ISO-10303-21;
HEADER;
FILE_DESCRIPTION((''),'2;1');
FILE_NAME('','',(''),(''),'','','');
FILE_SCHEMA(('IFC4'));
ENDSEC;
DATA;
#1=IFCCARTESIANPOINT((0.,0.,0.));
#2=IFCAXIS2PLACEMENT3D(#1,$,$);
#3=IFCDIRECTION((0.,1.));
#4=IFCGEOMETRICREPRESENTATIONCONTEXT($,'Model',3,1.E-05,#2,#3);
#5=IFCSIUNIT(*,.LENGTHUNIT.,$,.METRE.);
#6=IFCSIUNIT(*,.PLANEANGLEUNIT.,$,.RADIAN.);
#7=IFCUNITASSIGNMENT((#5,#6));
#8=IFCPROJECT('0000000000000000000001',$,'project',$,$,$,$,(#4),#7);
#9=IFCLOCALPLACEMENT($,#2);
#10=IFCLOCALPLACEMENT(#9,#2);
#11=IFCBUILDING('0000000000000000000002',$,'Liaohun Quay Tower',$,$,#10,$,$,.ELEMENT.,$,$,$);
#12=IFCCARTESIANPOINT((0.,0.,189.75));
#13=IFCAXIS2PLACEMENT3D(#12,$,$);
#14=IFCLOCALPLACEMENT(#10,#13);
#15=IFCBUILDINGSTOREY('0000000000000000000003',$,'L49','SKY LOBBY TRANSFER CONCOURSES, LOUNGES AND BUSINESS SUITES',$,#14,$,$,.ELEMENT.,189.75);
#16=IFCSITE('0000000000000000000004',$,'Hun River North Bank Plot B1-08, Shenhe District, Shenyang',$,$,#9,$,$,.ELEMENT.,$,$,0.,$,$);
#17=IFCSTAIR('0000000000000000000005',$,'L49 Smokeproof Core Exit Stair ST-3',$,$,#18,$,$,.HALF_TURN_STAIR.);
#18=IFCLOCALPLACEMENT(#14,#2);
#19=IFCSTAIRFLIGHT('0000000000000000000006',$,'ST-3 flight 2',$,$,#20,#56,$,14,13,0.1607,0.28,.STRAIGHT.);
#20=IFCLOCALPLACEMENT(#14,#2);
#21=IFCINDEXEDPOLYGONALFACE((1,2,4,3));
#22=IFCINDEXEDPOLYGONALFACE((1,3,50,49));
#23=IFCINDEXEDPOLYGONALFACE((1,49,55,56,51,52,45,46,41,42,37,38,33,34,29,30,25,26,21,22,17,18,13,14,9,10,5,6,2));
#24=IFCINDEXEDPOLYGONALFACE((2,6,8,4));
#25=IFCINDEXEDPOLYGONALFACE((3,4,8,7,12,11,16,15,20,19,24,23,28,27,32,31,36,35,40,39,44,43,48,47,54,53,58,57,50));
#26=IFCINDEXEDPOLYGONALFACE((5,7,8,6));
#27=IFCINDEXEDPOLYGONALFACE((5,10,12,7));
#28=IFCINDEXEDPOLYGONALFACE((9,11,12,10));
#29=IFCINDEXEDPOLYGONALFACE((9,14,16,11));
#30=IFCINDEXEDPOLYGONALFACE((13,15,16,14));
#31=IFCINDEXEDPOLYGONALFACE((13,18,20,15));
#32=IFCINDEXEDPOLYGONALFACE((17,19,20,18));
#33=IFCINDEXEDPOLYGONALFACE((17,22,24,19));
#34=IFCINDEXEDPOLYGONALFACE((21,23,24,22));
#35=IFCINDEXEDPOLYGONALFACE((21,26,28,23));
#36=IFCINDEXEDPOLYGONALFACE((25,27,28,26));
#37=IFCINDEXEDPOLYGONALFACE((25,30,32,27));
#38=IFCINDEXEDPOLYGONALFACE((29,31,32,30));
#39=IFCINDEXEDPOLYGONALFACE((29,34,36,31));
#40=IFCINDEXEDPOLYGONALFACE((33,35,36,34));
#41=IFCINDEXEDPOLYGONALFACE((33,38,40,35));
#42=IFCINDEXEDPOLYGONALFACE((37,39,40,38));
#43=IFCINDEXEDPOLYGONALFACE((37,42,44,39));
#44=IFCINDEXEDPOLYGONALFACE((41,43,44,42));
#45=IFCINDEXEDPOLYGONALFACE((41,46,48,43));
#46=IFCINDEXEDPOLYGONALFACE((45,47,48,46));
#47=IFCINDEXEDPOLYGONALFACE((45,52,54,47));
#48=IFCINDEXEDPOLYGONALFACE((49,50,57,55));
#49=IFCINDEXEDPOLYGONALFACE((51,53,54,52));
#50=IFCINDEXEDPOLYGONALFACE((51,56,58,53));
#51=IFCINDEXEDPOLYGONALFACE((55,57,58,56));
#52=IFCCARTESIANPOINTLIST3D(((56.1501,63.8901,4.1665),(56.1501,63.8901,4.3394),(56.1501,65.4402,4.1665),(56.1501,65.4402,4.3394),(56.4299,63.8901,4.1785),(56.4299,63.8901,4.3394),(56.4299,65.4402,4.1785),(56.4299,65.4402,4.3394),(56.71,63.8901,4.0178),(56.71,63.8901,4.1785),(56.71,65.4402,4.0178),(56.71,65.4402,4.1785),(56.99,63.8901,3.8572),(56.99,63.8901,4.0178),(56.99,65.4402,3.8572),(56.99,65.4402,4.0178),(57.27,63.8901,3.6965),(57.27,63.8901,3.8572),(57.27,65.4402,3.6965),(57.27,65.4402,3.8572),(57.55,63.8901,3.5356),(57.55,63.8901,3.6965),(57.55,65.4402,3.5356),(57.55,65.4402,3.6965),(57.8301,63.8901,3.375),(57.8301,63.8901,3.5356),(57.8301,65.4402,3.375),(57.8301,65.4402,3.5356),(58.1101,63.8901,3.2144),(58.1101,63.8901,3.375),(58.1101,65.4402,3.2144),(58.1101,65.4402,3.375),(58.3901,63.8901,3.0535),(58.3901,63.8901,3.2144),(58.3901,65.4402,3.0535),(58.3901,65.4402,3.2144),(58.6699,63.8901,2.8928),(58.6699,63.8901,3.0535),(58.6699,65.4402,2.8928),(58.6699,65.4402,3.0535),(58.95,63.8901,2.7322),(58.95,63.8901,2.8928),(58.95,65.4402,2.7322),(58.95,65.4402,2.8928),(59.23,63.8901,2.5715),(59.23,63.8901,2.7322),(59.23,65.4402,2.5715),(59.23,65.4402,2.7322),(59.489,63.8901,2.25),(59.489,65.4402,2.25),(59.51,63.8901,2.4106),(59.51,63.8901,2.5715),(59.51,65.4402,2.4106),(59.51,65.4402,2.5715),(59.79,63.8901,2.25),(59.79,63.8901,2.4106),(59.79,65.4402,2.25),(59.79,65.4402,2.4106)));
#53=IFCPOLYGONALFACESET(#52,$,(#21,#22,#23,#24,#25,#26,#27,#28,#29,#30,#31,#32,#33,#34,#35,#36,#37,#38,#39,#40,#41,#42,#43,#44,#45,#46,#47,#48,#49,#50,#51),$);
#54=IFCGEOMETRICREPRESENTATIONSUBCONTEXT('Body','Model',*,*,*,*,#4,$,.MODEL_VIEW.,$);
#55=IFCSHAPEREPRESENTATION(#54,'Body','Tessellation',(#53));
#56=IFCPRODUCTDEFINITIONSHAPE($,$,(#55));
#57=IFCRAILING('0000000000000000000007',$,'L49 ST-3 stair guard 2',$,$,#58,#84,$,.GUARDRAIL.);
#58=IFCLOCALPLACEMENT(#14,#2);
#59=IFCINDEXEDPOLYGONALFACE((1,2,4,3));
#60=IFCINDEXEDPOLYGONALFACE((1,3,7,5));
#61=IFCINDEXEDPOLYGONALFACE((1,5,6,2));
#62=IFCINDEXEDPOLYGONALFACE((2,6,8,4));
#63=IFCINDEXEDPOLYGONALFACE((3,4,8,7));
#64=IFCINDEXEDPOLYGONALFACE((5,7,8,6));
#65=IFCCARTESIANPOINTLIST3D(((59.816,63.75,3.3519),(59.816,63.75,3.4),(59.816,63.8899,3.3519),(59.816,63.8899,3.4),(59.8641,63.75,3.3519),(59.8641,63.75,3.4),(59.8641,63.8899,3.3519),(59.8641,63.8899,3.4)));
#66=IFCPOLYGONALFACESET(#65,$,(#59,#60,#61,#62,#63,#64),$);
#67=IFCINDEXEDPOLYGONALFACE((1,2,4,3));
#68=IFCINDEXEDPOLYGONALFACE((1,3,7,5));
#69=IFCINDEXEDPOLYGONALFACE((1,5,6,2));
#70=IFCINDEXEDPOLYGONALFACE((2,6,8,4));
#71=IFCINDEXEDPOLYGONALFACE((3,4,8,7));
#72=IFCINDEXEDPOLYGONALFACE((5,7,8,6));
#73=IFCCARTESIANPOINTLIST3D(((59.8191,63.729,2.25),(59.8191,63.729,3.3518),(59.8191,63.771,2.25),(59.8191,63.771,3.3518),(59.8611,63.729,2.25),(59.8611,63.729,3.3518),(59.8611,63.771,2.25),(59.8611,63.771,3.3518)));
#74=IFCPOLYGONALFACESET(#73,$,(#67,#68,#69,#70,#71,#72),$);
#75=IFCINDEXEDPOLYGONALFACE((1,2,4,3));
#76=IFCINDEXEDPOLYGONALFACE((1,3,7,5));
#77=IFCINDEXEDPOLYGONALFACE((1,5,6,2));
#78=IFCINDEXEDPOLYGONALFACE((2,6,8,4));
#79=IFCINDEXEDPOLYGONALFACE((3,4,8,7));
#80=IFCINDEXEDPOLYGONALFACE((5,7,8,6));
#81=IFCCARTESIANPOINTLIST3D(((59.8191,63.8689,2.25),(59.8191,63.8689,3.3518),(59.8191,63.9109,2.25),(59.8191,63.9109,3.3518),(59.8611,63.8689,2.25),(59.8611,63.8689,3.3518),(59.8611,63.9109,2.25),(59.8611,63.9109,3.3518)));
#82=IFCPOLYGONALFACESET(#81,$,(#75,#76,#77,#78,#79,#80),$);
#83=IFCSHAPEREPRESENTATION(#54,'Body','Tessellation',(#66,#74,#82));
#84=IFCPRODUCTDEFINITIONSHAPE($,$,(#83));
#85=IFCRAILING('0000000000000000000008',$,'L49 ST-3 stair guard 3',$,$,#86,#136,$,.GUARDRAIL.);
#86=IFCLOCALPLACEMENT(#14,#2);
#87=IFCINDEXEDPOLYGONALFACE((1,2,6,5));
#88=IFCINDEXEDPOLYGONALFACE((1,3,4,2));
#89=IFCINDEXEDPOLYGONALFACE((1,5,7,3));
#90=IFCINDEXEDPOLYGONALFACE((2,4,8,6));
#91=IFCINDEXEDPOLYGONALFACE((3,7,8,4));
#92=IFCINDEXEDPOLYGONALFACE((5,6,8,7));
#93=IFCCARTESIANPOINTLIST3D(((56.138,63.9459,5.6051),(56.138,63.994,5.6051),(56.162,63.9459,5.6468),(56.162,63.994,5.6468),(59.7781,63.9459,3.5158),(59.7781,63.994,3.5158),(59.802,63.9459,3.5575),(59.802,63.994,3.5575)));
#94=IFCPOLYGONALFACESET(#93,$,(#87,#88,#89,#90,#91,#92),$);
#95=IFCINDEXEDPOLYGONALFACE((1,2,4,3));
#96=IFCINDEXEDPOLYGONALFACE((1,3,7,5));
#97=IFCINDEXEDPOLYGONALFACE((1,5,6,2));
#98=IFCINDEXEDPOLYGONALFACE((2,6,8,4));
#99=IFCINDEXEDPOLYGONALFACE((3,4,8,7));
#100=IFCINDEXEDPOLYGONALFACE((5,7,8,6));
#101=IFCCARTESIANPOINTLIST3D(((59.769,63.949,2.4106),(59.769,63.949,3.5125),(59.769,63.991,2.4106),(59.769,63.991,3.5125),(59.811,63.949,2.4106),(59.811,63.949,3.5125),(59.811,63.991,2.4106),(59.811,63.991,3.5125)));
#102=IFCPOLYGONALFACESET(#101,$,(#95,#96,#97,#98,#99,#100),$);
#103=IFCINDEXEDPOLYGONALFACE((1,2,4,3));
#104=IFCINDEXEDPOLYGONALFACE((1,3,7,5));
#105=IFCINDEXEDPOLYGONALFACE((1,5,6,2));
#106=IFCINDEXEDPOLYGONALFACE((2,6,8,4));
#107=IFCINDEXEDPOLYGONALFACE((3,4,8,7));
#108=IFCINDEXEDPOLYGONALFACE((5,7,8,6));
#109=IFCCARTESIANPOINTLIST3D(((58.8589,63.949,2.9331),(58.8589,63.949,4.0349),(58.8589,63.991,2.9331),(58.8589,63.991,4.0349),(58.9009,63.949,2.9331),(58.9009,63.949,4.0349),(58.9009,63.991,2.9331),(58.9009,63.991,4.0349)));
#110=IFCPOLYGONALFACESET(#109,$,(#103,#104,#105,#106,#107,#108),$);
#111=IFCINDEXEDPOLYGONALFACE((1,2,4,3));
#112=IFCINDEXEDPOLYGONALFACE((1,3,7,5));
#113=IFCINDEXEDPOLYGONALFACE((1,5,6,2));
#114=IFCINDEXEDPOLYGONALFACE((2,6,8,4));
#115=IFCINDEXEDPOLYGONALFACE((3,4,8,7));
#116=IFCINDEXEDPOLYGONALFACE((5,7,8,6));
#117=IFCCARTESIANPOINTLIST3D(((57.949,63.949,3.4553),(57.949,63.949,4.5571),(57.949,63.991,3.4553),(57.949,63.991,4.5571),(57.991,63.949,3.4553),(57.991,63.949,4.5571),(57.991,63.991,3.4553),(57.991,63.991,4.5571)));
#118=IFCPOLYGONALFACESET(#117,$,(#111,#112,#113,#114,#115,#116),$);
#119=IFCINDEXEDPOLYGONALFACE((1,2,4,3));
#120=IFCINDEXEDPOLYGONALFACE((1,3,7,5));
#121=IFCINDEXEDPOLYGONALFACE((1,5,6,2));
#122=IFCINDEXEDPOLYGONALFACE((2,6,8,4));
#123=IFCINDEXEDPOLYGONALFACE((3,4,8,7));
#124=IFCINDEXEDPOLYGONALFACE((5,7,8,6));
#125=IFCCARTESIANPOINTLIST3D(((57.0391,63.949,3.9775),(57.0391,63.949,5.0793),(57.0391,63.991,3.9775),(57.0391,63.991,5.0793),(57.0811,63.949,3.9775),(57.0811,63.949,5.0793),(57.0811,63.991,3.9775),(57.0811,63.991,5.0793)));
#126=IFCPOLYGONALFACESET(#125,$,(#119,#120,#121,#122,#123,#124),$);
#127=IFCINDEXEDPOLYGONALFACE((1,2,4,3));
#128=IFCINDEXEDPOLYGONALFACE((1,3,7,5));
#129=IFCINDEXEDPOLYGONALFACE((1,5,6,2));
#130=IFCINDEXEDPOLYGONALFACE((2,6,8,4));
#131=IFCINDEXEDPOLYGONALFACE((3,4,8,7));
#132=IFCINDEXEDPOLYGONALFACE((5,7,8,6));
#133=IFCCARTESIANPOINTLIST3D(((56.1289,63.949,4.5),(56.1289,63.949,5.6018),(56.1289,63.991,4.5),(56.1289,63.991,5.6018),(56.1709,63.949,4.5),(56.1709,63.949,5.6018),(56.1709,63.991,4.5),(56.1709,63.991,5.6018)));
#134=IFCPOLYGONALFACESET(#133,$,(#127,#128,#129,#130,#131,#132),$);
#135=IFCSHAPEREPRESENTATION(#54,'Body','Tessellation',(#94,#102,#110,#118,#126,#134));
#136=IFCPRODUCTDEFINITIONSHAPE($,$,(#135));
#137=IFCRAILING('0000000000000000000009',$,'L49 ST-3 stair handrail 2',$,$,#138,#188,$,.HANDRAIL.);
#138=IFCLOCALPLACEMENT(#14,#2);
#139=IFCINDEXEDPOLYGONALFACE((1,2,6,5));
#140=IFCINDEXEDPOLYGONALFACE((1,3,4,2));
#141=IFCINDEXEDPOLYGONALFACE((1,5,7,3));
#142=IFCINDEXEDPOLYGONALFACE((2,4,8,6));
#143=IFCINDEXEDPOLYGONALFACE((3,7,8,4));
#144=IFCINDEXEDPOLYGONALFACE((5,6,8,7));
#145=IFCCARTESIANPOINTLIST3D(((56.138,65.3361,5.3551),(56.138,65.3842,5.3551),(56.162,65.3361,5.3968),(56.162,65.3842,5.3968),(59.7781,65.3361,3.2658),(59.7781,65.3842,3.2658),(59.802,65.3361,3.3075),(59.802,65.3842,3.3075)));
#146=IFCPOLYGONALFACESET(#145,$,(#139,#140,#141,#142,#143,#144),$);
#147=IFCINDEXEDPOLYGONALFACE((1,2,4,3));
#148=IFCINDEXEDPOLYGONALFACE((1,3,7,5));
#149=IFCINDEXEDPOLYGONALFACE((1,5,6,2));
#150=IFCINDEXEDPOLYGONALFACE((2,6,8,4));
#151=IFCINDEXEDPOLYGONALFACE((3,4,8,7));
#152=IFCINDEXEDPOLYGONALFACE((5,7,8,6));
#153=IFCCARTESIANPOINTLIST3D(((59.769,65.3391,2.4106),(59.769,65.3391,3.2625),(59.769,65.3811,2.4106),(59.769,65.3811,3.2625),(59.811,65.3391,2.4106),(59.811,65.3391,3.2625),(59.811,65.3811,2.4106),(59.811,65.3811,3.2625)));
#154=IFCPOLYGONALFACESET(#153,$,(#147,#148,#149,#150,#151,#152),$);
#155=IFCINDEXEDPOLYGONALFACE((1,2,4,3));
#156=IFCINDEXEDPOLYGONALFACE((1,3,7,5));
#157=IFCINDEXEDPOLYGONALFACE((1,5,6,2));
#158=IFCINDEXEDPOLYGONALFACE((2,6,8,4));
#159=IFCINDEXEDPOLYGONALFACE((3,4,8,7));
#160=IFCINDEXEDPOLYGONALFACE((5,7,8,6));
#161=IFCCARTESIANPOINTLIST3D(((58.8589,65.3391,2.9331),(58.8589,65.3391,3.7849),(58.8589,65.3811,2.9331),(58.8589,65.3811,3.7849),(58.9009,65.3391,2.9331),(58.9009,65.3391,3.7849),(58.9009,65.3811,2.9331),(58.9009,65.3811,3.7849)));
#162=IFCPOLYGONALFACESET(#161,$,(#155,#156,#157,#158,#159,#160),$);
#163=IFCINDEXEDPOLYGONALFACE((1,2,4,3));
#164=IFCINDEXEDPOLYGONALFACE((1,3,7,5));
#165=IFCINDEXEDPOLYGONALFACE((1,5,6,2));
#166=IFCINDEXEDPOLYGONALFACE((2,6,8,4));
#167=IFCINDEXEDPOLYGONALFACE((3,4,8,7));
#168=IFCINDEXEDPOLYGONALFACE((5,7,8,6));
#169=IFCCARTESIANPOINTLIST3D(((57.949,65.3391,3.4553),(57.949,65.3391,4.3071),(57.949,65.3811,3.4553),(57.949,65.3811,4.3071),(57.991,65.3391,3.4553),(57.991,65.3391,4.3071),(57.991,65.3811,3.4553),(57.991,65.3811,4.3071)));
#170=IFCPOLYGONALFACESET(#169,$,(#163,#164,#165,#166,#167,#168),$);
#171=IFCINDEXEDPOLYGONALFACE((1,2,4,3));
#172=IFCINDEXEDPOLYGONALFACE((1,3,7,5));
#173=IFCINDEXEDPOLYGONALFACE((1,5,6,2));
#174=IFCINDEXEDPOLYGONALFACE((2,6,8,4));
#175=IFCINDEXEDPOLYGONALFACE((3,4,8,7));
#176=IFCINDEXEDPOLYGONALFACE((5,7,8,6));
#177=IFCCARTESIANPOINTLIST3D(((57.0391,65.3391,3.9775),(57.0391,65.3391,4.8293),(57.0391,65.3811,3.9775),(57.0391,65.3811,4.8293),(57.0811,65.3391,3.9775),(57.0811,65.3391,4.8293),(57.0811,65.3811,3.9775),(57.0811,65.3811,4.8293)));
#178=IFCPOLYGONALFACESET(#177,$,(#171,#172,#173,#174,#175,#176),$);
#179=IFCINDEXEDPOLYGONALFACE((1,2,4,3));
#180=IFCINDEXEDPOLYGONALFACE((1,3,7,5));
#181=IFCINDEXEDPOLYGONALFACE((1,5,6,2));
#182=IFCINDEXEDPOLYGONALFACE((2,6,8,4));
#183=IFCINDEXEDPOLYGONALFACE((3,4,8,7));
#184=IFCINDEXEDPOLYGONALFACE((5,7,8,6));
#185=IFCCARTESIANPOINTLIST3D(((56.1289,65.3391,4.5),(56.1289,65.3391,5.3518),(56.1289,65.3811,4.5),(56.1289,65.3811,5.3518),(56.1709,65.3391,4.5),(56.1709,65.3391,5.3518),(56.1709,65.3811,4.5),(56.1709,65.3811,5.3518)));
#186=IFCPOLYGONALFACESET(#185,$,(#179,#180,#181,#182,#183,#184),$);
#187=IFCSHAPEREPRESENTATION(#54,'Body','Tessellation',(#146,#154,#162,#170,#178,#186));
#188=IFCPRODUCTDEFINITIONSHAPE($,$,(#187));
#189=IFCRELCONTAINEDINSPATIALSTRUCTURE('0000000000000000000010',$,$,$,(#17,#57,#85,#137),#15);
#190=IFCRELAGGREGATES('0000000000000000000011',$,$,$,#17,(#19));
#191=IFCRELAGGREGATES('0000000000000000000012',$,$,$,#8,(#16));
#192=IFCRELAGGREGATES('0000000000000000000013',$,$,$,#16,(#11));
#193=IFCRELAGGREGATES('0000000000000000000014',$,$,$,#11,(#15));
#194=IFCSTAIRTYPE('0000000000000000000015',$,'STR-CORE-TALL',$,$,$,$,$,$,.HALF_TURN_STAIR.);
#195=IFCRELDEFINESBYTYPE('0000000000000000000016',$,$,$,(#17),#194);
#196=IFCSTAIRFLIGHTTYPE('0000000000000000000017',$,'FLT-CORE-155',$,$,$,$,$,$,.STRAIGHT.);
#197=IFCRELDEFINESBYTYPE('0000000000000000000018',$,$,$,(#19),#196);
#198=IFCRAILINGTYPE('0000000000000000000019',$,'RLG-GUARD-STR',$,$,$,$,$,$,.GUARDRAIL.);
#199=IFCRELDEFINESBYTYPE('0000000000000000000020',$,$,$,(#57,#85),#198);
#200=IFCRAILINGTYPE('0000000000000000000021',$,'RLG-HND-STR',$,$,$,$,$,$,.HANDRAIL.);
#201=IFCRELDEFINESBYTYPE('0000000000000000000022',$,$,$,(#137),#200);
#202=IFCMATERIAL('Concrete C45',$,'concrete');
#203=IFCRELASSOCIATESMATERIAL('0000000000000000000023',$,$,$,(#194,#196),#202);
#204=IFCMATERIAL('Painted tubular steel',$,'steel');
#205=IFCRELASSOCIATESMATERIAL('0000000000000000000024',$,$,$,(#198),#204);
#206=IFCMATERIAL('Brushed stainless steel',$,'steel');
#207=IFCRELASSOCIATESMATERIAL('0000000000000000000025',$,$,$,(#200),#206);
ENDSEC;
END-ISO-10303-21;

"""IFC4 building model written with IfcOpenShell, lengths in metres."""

from ifc_helpers import new_model, si_unit, direction, frame, origin, origin_2d, place, context, subcontext, project, spatial, polyline, rectangle, outline, extrude, material, type_object, element, aggregate, save


model = new_model("IFC4")

# Units and contexts
model_context = context("Model", 3, precision=1e-05, world=origin(), true_north=direction((0.0, 1.0)))
body_context = subcontext(model_context, "Body", "Model", "MODEL_VIEW")
ifc_project = project(units=[si_unit("LENGTHUNIT", "METRE"), si_unit("PLANEANGLEUNIT", "RADIAN")], contexts=[model_context])

# Site, building, storey
site_placement = place(None, origin())
site = spatial("IfcSite", under=ifc_project, at=site_placement, Name="Hun River North Bank Plot B1-08, Shenhe District, Shenyang", CompositionType="ELEMENT", RefElevation=0.0)
building_placement = place(site_placement, origin())
building = spatial("IfcBuilding", under=site, at=building_placement, Name="Liaohun Quay Tower", CompositionType="ELEMENT")
storey_placement = place(building_placement, frame((0.0, 0.0, 189.75)))
storey = spatial("IfcBuildingStorey", under=building, at=storey_placement, Name="L49", Description="SKY LOBBY TRANSFER CONCOURSES, LOUNGES AND BUSINESS SUITES", CompositionType="ELEMENT", Elevation=189.75)

# Stair, stair flight
ifc_material_1 = material(Name="Concrete C45", Category="concrete")
stair_type = type_object("IfcStairType", Name="STR-CORE-TALL", PredefinedType="HALF_TURN_STAIR", material=ifc_material_1)
stair_placement = place(storey_placement, origin())
stair = element("IfcStair", 1, at=stair_placement, inside=storey, type_object=stair_type, Name="L49 Smokeproof Core Exit Stair ST-3", PredefinedType="HALF_TURN_STAIR")
stair_flight_type = type_object("IfcStairFlightType", Name="FLT-CORE-155", PredefinedType="STRAIGHT", material=ifc_material_1)
stair_flight_placement = place(storey_placement, frame((59.79, 64.665, 2.25), z_axis=(0.0, 0.0, 1.0), x_axis=(-1.0, 0.0, 0.0)))
stair_flight = element("IfcStairFlight", 2, at=stair_flight_placement, type_object=stair_flight_type, Name="ST-3 flight 2", NumberOfRisers=14, NumberOfTreads=13, PredefinedType="STRAIGHT", RiserHeight=0.1607, TreadLength=0.28, context=body_context, shape_type="SweptSolid", body=[
    extrude(outline(polyline([(0.0, 0.0), (0.0, 0.1606), (0.28, 0.1606), (0.28, 0.3215), (0.5601, 0.3215), (0.5601, 0.4822), (0.8401, 0.4822), (0.8401, 0.6428), (1.1201, 0.6428), (1.1201, 0.8035), (1.3999, 0.8035), (1.3999, 0.9644), (1.6799, 0.9644), (1.6799, 1.125), (1.96, 1.125), (1.96, 1.2856), (2.24, 1.2856), (2.24, 1.4465), (2.52, 1.4465), (2.52, 1.6072), (2.8, 1.6072), (2.8, 1.7678), (3.0801, 1.7678), (3.0801, 1.9285), (3.3601, 1.9285), (3.3601, 2.0894), (3.6399, 2.0894), (3.6399, 2.25), (3.6399, 1.9165), (0.301, 0.0), (0.0, 0.0)])), frame((0.0, 0.7749, 0.0), z_axis=(0.0, -1.0, 0.0), x_axis=(1.0, 0.0, 0.0)), (0.0, 0.0, 1.0), 1.55),
])
aggregate(stair, [stair_flight])

# Railings
ifc_material_2 = material(Name="Painted tubular steel", Category="steel")
railing_type_1 = type_object("IfcRailingType", Name="RLG-GUARD-STR", PredefinedType="GUARDRAIL", material=ifc_material_2)
railing_1_placement = place(storey_placement, frame((59.8401, 63.75, 2.25)))
element("IfcRailing", 3, at=railing_1_placement, inside=storey, type_object=railing_type_1, Name="L49 ST-3 stair guard 2", PredefinedType="GUARDRAIL", context=body_context, shape_type="SweptSolid", body=[
    extrude(rectangle(XDim=0.0481, YDim=0.0481, at=origin_2d()), frame((0.0, 0.0, 1.126), z_axis=(0.0, 1.0, 0.0), x_axis=(-1.0, 0.0, 0.0)), (0.0, 0.0, 1.0), 0.1399),
    extrude(rectangle(XDim=0.042, YDim=0.042, at=origin_2d()), origin(), (0.0, 0.0, 1.0), 1.1018),
    extrude(rectangle(XDim=0.042, YDim=0.042, at=origin_2d()), frame((0.0, 0.1399, 0.0)), (0.0, 0.0, 1.0), 1.1018),
])
railing_2_placement = place(storey_placement, frame((59.79, 63.97, 2.4106)))
element("IfcRailing", 4, at=railing_2_placement, inside=storey, type_object=railing_type_1, Name="L49 ST-3 stair guard 3", PredefinedType="GUARDRAIL", context=body_context, shape_type="SweptSolid", body=[
    extrude(rectangle(XDim=0.0481, YDim=0.0481, at=origin_2d()), frame((0.0, 0.0, 1.126), z_axis=(-0.867289, 0.0, 0.497804), x_axis=(0.0, -1.0, 0.0)), (0.0, 0.0, 1.0), 4.197),
    extrude(rectangle(XDim=0.042, YDim=0.042, at=origin_2d()), origin(), (0.0, 0.0, 1.0), 1.1018),
    extrude(rectangle(XDim=0.042, YDim=0.042, at=origin_2d()), frame((-0.9102, 0.0, 0.5225)), (0.0, 0.0, 1.0), 1.1018),
    extrude(rectangle(XDim=0.042, YDim=0.042, at=origin_2d()), frame((-1.8201, 0.0, 1.0447)), (0.0, 0.0, 1.0), 1.1018),
    extrude(rectangle(XDim=0.042, YDim=0.042, at=origin_2d()), frame((-2.73, 0.0, 1.5669)), (0.0, 0.0, 1.0), 1.1018),
    extrude(rectangle(XDim=0.042, YDim=0.042, at=origin_2d()), frame((-3.6401, 0.0, 2.0894)), (0.0, 0.0, 1.0), 1.1018),
])
ifc_material_3 = material(Name="Brushed stainless steel", Category="steel")
railing_type_2 = type_object("IfcRailingType", Name="RLG-HND-STR", PredefinedType="HANDRAIL", material=ifc_material_3)
railing_3_placement = place(storey_placement, frame((59.79, 65.3601, 2.4106)))
element("IfcRailing", 5, at=railing_3_placement, inside=storey, type_object=railing_type_2, Name="L49 ST-3 stair handrail 2", PredefinedType="HANDRAIL", context=body_context, shape_type="SweptSolid", body=[
    extrude(rectangle(XDim=0.0481, YDim=0.0481, at=origin_2d()), frame((0.0, 0.0, 0.876), z_axis=(-0.867289, 0.0, 0.497804), x_axis=(0.0, -1.0, 0.0)), (0.0, 0.0, 1.0), 4.197),
    extrude(rectangle(XDim=0.042, YDim=0.042, at=origin_2d()), origin(), (0.0, 0.0, 1.0), 0.8518),
    extrude(rectangle(XDim=0.042, YDim=0.042, at=origin_2d()), frame((-0.9102, 0.0, 0.5225)), (0.0, 0.0, 1.0), 0.8518),
    extrude(rectangle(XDim=0.042, YDim=0.042, at=origin_2d()), frame((-1.8201, 0.0, 1.0447)), (0.0, 0.0, 1.0), 0.8518),
    extrude(rectangle(XDim=0.042, YDim=0.042, at=origin_2d()), frame((-2.73, 0.0, 1.5669)), (0.0, 0.0, 1.0), 0.8518),
    extrude(rectangle(XDim=0.042, YDim=0.042, at=origin_2d()), frame((-3.6401, 0.0, 2.0894)), (0.0, 0.0, 1.0), 0.8518),
])

save(model, "model.ifc")
